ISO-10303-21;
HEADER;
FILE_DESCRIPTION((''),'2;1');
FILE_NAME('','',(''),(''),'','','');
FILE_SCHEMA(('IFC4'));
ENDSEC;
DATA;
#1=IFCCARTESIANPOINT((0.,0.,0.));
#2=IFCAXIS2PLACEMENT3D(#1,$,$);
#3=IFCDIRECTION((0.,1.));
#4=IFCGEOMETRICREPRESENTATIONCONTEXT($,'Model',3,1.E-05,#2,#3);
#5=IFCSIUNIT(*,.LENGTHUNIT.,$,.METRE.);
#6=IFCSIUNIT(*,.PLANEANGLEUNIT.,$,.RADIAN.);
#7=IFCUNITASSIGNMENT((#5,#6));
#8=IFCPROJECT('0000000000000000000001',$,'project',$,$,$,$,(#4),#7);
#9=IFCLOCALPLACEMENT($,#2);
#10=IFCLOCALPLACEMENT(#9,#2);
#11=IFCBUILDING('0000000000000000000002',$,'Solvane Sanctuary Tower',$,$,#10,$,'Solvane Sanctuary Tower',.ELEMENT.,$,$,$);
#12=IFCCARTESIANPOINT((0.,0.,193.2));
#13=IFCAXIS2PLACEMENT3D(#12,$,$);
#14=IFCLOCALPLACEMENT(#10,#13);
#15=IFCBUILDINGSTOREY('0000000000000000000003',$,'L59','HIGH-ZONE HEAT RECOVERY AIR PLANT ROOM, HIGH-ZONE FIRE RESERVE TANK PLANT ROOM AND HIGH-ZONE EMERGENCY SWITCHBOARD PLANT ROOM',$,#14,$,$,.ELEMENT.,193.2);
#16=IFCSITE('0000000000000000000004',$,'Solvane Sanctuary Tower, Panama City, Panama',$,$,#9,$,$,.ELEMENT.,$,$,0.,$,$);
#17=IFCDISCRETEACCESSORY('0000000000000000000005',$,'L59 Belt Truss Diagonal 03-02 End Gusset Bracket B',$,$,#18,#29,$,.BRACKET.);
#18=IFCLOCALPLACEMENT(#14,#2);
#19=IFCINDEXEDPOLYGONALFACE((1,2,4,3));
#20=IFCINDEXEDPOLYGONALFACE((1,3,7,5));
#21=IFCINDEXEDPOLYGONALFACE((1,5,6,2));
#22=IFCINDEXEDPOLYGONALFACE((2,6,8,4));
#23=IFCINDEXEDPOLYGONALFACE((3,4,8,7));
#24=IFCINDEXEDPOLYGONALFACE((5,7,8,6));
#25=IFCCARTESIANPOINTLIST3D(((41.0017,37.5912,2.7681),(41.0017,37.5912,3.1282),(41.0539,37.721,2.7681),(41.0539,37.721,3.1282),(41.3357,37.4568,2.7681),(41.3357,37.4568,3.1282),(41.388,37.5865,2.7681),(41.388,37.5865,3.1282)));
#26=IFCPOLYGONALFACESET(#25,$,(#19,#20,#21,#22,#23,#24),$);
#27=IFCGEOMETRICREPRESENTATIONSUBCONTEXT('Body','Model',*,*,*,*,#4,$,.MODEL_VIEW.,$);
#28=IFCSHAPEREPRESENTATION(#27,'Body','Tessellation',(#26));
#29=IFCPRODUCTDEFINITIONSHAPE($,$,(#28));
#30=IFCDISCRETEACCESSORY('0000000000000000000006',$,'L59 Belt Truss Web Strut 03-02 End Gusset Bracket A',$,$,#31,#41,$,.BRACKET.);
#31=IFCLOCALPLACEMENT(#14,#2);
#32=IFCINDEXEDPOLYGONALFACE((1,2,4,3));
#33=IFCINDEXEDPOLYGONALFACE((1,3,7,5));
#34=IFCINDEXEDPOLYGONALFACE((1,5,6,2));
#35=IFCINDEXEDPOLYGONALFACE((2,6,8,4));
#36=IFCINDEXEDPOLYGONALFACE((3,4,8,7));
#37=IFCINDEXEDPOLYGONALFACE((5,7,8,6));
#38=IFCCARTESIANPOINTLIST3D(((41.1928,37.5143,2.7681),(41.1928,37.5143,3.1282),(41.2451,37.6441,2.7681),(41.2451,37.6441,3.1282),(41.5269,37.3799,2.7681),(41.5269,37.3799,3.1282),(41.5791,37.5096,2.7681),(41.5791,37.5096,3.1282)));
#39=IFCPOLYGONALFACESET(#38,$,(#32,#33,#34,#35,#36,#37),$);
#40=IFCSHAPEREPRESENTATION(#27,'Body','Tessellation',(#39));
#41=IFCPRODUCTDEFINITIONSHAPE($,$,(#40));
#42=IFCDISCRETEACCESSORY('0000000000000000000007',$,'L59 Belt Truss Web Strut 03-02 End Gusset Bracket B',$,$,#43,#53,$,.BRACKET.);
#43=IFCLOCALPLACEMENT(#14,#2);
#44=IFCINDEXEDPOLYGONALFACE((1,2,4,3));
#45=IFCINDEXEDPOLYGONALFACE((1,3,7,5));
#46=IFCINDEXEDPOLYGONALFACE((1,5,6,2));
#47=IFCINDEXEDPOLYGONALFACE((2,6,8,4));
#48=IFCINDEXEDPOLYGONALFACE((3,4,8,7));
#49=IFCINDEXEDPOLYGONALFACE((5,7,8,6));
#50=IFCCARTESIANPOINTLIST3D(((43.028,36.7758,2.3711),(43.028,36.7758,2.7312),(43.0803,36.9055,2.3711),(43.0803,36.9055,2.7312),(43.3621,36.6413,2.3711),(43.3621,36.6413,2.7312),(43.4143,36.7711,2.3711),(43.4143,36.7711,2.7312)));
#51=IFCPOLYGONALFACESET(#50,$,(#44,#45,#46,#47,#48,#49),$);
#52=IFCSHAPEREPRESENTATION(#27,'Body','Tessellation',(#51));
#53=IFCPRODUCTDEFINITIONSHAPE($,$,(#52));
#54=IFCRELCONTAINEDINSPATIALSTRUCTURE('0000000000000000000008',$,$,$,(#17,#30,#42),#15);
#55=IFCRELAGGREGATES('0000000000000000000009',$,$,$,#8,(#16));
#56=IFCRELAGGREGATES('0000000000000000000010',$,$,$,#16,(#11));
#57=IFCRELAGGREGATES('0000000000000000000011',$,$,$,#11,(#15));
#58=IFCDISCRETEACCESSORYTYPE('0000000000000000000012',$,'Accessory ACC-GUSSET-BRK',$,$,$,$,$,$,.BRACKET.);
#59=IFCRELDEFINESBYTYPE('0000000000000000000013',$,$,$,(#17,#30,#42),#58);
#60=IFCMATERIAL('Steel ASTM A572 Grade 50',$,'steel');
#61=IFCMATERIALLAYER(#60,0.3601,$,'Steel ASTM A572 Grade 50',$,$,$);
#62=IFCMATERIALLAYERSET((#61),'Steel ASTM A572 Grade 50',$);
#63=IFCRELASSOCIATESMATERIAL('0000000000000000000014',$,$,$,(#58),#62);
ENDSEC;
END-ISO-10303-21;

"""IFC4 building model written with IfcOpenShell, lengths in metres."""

from ifc_helpers import new_model, si_unit, direction, frame, origin, origin_2d, place, context, subcontext, project, spatial, rectangle, extrude, material, layer, layer_set, type_object, element, save


model = new_model("IFC4")

# Units and contexts
model_context = context("Model", 3, precision=1e-05, world=origin(), true_north=direction((0.0, 1.0)))
body_context = subcontext(model_context, "Body", "Model", "MODEL_VIEW")
ifc_project = project(units=[si_unit("LENGTHUNIT", "METRE"), si_unit("PLANEANGLEUNIT", "RADIAN")], contexts=[model_context])

# Site, building, storey
site_placement = place(None, origin())
site = spatial("IfcSite", under=ifc_project, at=site_placement, Name="Solvane Sanctuary Tower, Panama City, Panama", CompositionType="ELEMENT", RefElevation=0.0)
building_placement = place(site_placement, origin())
building = spatial("IfcBuilding", under=site, at=building_placement, Name="Solvane Sanctuary Tower", LongName="Solvane Sanctuary Tower", CompositionType="ELEMENT")
storey_placement = place(building_placement, frame((0.0, 0.0, 193.2)))
storey = spatial("IfcBuildingStorey", under=building, at=storey_placement, Name="L59", Description="HIGH-ZONE HEAT RECOVERY AIR PLANT ROOM, HIGH-ZONE FIRE RESERVE TANK PLANT ROOM AND HIGH-ZONE EMERGENCY SWITCHBOARD PLANT ROOM", CompositionType="ELEMENT", Elevation=193.2)

# Discrete accessories
ifc_material_1 = material(Name="Steel ASTM A572 Grade 50", Category="steel")
ifc_layer_1 = layer(ifc_material_1, 0.3601, Name="Steel ASTM A572 Grade 50")
ifc_layer_set_1 = layer_set([ifc_layer_1], Name="Steel ASTM A572 Grade 50")
discrete_accessory_type = type_object("IfcDiscreteAccessoryType", Name="Accessory ACC-GUSSET-BRK", PredefinedType="BRACKET", material=ifc_layer_set_1)
for number, where, z_axis, x_axis, name in (
    (1, (41.1948, 37.5889, 2.7681), (0.0, 0.0, 1.0), (0.927706, -0.373312, 0.0), "L59 Belt Truss Diagonal 03-02 End Gusset Bracket B"),
    (2, (41.386, 37.512, 2.7681), (0.0, 0.0, 1.0), (0.927706, -0.373312, 0.0), "L59 Belt Truss Web Strut 03-02 End Gusset Bracket A"),
    (3, (43.2212, 36.7734, 2.3711), (0.0, 0.0, 1.0), (0.927706, -0.373312, 0.0), "L59 Belt Truss Web Strut 03-02 End Gusset Bracket B"),
):
    element("IfcDiscreteAccessory", number, at=place(storey_placement, frame(where, z_axis=z_axis, x_axis=x_axis)), inside=storey, type_object=discrete_accessory_type, Name=name, PredefinedType="BRACKET", context=body_context, shape_type="SweptSolid", body=[
        extrude(rectangle(XDim=0.3601, YDim=0.1399, at=origin_2d()), origin(), (0.0, 0.0, 1.0), 0.3601),
    ])

save(model, "model.ifc")
